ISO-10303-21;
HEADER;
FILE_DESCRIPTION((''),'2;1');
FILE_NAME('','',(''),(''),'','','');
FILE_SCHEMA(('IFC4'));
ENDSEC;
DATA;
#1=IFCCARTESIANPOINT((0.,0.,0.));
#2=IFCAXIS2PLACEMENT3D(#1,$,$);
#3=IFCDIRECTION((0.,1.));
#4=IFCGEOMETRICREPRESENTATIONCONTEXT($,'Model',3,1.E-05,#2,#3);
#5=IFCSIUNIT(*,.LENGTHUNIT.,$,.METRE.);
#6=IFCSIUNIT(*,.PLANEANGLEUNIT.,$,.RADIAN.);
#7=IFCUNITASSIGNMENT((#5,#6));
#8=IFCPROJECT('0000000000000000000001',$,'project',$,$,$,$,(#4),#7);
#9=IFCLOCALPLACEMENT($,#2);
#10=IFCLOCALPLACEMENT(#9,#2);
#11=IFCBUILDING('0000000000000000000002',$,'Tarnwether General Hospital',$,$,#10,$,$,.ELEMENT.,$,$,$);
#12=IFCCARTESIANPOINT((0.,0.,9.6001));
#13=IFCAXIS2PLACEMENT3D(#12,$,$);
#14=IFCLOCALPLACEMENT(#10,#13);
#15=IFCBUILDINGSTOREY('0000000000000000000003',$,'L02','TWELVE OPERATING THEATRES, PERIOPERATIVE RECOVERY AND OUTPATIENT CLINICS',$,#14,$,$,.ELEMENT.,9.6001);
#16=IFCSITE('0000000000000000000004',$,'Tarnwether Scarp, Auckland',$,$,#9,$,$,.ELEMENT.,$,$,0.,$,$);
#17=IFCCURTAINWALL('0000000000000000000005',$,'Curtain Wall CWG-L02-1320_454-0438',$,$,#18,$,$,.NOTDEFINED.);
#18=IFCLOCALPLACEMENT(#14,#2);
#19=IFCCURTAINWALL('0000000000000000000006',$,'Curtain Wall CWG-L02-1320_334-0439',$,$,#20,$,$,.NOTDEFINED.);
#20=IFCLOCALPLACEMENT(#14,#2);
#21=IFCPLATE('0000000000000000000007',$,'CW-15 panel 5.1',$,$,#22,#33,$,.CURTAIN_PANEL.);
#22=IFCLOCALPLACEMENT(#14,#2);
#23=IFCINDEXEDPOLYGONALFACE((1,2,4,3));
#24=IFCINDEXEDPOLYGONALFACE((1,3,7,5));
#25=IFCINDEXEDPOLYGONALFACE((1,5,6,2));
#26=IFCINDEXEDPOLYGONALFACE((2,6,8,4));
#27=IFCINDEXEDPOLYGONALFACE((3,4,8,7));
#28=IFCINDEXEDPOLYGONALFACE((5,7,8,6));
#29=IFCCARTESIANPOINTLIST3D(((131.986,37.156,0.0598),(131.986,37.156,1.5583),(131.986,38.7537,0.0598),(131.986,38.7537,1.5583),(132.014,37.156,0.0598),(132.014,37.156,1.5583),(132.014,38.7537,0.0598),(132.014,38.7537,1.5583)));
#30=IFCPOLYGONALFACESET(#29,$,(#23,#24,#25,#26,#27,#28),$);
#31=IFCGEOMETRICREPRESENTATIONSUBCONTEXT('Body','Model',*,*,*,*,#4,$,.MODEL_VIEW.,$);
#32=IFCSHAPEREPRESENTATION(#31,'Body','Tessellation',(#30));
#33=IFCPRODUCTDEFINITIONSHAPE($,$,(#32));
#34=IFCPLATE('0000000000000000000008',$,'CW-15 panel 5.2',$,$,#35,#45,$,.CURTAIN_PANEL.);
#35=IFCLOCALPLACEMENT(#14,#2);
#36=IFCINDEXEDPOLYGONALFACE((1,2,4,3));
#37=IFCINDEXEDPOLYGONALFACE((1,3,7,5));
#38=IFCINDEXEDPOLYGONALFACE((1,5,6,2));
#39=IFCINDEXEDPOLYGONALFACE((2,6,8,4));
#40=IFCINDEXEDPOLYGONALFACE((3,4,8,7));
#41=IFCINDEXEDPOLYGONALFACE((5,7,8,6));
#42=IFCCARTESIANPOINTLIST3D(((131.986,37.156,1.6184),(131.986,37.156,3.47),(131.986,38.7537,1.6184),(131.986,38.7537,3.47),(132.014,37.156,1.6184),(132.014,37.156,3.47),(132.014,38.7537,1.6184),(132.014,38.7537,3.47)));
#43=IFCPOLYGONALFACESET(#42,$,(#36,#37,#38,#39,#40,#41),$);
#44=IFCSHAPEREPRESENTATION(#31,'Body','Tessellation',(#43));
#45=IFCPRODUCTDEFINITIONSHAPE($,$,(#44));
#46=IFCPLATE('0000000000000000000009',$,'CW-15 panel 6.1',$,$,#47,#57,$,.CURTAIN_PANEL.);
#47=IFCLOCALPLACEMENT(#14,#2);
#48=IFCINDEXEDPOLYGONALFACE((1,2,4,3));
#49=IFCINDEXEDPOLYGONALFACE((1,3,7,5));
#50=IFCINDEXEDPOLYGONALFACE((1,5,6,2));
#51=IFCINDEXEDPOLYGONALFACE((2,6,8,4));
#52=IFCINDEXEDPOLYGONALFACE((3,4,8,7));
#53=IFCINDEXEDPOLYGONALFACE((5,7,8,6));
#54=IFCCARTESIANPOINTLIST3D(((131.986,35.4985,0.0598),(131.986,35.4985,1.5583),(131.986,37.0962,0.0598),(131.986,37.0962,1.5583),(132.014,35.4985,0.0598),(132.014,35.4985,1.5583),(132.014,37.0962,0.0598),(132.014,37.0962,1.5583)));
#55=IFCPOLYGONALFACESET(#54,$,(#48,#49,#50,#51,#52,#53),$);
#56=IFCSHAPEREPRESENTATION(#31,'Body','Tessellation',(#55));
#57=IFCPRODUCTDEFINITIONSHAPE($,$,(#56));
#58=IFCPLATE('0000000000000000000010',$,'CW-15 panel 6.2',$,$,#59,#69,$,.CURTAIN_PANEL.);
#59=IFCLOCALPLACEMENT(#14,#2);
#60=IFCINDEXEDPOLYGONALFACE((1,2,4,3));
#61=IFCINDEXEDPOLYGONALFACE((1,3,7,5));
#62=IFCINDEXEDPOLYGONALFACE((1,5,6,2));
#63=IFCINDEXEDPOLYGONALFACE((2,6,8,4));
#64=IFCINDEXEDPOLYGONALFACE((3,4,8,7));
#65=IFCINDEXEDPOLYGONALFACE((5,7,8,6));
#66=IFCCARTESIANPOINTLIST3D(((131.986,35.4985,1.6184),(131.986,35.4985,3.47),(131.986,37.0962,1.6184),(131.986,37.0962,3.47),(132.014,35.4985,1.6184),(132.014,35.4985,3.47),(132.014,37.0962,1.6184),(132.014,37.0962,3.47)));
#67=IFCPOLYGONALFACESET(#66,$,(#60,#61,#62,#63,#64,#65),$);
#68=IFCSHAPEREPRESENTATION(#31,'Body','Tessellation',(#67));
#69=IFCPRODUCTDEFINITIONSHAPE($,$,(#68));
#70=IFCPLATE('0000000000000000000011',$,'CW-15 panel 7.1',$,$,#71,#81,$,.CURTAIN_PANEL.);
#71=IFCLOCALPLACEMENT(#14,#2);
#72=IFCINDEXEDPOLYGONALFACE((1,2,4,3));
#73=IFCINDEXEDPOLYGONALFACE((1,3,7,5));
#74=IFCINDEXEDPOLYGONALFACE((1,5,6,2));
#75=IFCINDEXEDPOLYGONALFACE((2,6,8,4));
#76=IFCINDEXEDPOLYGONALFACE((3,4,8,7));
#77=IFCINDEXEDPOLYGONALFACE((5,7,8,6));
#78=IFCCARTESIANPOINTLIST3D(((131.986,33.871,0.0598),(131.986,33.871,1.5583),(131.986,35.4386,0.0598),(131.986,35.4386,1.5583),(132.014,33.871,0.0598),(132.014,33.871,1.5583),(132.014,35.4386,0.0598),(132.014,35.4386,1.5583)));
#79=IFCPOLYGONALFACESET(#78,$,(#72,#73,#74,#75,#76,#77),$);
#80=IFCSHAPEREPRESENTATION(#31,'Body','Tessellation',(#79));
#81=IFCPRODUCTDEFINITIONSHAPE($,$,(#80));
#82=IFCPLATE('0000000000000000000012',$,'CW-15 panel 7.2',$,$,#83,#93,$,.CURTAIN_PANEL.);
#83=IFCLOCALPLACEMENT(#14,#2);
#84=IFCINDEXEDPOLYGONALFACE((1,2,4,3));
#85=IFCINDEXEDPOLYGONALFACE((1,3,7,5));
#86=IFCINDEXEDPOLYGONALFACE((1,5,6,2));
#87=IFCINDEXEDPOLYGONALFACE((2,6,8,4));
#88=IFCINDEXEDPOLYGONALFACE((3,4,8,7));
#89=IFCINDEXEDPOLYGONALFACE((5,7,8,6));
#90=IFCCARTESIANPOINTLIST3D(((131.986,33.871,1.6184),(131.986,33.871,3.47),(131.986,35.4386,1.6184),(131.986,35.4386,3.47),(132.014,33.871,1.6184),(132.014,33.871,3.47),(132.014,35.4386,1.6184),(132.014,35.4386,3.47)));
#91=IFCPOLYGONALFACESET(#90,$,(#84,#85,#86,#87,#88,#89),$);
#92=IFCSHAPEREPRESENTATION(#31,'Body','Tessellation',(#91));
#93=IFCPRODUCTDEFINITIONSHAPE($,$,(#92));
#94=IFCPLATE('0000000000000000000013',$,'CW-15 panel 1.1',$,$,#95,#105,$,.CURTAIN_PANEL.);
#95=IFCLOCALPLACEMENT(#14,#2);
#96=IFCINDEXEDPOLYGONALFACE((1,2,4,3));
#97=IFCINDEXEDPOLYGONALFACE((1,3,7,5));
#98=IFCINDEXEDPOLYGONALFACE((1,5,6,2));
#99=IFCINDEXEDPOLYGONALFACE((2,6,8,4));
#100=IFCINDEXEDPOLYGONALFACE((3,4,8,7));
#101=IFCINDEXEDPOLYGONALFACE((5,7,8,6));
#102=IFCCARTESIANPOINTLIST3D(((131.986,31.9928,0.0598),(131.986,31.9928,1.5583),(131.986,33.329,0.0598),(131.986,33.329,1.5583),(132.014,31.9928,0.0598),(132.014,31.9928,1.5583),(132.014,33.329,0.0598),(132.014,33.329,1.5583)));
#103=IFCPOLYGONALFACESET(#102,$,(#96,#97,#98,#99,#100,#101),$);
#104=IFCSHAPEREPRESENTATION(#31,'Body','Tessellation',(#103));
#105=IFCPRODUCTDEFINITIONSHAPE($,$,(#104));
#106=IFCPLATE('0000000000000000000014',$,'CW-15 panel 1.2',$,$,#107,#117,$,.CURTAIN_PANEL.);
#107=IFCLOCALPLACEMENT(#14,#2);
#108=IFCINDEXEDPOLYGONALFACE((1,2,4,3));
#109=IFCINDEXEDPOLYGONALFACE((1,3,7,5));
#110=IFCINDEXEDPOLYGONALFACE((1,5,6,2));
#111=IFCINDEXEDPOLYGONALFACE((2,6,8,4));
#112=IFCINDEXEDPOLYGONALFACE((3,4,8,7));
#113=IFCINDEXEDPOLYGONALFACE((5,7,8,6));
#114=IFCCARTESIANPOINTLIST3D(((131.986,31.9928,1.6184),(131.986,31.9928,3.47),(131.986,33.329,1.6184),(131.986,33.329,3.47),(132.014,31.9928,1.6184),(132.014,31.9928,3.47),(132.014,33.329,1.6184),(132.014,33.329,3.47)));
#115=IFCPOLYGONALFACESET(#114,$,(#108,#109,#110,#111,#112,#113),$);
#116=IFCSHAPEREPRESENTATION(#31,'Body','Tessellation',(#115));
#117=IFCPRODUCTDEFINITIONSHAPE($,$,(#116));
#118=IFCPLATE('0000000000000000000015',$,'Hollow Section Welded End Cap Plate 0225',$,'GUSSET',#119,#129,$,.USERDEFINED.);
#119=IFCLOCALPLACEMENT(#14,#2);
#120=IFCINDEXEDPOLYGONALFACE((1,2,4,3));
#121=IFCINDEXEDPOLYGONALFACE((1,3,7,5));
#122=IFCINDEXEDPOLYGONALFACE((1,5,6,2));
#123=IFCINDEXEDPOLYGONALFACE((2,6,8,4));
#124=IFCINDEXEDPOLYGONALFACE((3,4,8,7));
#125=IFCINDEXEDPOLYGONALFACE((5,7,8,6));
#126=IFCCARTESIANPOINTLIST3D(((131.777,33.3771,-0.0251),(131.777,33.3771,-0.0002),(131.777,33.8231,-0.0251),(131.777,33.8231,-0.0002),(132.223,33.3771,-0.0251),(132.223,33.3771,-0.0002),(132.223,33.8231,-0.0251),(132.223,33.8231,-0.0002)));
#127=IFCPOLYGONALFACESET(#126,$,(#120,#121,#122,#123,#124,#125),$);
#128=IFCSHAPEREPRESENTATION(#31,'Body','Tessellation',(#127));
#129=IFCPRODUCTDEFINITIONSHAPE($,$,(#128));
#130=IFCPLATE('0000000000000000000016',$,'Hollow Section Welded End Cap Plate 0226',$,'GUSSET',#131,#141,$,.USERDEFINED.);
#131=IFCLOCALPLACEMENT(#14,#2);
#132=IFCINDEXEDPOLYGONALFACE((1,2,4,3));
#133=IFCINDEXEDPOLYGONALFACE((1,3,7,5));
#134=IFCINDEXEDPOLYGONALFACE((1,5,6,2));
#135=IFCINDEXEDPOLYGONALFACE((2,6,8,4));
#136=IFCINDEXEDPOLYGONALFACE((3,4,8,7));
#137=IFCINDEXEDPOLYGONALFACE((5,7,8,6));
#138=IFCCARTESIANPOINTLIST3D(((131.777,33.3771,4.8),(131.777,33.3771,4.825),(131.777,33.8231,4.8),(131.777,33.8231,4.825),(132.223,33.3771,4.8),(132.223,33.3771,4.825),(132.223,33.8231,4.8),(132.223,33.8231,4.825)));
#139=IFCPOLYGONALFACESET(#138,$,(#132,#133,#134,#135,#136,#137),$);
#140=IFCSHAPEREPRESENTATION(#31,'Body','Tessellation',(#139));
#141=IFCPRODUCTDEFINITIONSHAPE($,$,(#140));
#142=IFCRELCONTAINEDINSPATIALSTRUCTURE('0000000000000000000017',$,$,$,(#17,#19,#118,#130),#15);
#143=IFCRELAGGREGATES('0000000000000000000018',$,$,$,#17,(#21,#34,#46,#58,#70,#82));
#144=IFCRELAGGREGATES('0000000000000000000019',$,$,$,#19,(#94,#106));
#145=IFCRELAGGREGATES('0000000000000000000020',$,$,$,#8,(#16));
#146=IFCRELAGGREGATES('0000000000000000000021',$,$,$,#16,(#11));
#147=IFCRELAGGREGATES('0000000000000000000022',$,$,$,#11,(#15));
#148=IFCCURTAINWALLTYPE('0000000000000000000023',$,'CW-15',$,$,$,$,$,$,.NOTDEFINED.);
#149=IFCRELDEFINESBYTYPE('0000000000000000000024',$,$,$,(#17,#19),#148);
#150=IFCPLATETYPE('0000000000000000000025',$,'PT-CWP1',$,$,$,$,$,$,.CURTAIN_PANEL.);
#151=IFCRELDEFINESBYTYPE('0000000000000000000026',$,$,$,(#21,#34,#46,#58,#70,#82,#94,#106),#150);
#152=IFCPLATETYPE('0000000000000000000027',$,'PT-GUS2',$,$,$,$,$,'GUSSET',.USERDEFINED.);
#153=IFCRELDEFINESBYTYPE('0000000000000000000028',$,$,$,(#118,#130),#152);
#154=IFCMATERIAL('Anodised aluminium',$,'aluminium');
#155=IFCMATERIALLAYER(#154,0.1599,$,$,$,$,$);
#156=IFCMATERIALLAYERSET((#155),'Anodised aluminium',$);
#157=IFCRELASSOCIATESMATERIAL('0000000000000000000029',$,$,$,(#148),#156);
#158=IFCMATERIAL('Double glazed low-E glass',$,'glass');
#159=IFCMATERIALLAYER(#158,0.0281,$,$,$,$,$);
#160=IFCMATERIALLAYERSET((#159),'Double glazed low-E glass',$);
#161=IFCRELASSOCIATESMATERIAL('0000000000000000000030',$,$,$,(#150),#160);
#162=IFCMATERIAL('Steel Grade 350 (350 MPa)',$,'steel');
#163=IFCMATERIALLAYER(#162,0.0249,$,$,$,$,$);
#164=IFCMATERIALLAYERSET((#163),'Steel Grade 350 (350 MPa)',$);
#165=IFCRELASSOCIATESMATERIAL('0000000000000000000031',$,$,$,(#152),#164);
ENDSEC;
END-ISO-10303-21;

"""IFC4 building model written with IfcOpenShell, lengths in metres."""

from ifc_helpers import new_model, si_unit, direction, frame, origin, origin_2d, place, context, subcontext, project, spatial, rectangle, extrude, material, layer, layer_set, type_object, element, aggregate, save


model = new_model("IFC4")

# Units and contexts
model_context = context("Model", 3, precision=1e-05, world=origin(), true_north=direction((0.0, 1.0)))
body_context = subcontext(model_context, "Body", "Model", "MODEL_VIEW")
ifc_project = project(units=[si_unit("LENGTHUNIT", "METRE"), si_unit("PLANEANGLEUNIT", "RADIAN")], contexts=[model_context])

# Site, building, storey
site_placement = place(None, origin())
site = spatial("IfcSite", under=ifc_project, at=site_placement, Name="Tarnwether Scarp, Auckland", CompositionType="ELEMENT", RefElevation=0.0)
building_placement = place(site_placement, origin())
building = spatial("IfcBuilding", under=site, at=building_placement, Name="Tarnwether General Hospital", CompositionType="ELEMENT")
storey_placement = place(building_placement, frame((0.0, 0.0, 9.6001)))
storey = spatial("IfcBuildingStorey", under=building, at=storey_placement, Name="L02", Description="TWELVE OPERATING THEATRES, PERIOPERATIVE RECOVERY AND OUTPATIENT CLINICS", CompositionType="ELEMENT", Elevation=9.6001)

# Curtain wall
ifc_material_1 = material(Name="Anodised aluminium", Category="aluminium")
ifc_layer_1 = layer(ifc_material_1, 0.1599)
ifc_layer_set_1 = layer_set([ifc_layer_1], Name="Anodised aluminium")
curtain_wall_type = type_object("IfcCurtainWallType", Name="CW-15", PredefinedType="NOTDEFINED", material=ifc_layer_set_1)
curtain_wall_1_placement = place(storey_placement, origin())
curtain_wall_1 = element("IfcCurtainWall", 1, at=curtain_wall_1_placement, inside=storey, type_object=curtain_wall_type, Name="Curtain Wall CWG-L02-1320_454-0438", PredefinedType="NOTDEFINED")

# Curtain wall
curtain_wall_2_placement = place(storey_placement, origin())
curtain_wall_2 = element("IfcCurtainWall", 2, at=curtain_wall_2_placement, inside=storey, type_object=curtain_wall_type, Name="Curtain Wall CWG-L02-1320_334-0439", PredefinedType="NOTDEFINED")

# Plates
ifc_material_2 = material(Name="Double glazed low-E glass", Category="glass")
ifc_layer_2 = layer(ifc_material_2, 0.0281)
ifc_layer_set_2 = layer_set([ifc_layer_2], Name="Double glazed low-E glass")
plate_type_1 = type_object("IfcPlateType", Name="PT-CWP1", PredefinedType="CURTAIN_PANEL", material=ifc_layer_set_2)
plate_1_placement = place(storey_placement, frame((132.0, 37.9548, 0.0598), z_axis=(0.0, 0.0, 1.0), x_axis=(0.0, -1.0, 0.0)))
plate_1 = element("IfcPlate", 3, at=plate_1_placement, type_object=plate_type_1, Name="CW-15 panel 5.1", PredefinedType="CURTAIN_PANEL", context=body_context, shape_type="SweptSolid", body=[
    extrude(rectangle(XDim=1.5977, YDim=0.0281, at=origin_2d()), origin(), (0.0, 0.0, 1.0), 1.4985),
])
plate_2_placement = place(storey_placement, frame((132.0, 37.9548, 1.6184), z_axis=(0.0, 0.0, 1.0), x_axis=(0.0, -1.0, 0.0)))
plate_2 = element("IfcPlate", 4, at=plate_2_placement, type_object=plate_type_1, Name="CW-15 panel 5.2", PredefinedType="CURTAIN_PANEL", context=body_context, shape_type="SweptSolid", body=[
    extrude(rectangle(XDim=1.5977, YDim=0.0281, at=origin_2d()), origin(), (0.0, 0.0, 1.0), 1.8516),
])
plate_3_placement = place(storey_placement, frame((132.0, 36.2974, 0.0598), z_axis=(0.0, 0.0, 1.0), x_axis=(0.0, -1.0, 0.0)))
plate_3 = element("IfcPlate", 5, at=plate_3_placement, type_object=plate_type_1, Name="CW-15 panel 6.1", PredefinedType="CURTAIN_PANEL", context=body_context, shape_type="SweptSolid", body=[
    extrude(rectangle(XDim=1.5977, YDim=0.0281, at=origin_2d()), origin(), (0.0, 0.0, 1.0), 1.4985),
])
plate_4_placement = place(storey_placement, frame((132.0, 36.2974, 1.6184), z_axis=(0.0, 0.0, 1.0), x_axis=(0.0, -1.0, 0.0)))
plate_4 = element("IfcPlate", 6, at=plate_4_placement, type_object=plate_type_1, Name="CW-15 panel 6.2", PredefinedType="CURTAIN_PANEL", context=body_context, shape_type="SweptSolid", body=[
    extrude(rectangle(XDim=1.5977, YDim=0.0281, at=origin_2d()), origin(), (0.0, 0.0, 1.0), 1.8516),
])
plate_5_placement = place(storey_placement, frame((132.0, 34.6548, 0.0598), z_axis=(0.0, 0.0, 1.0), x_axis=(0.0, -1.0, 0.0)))
plate_5 = element("IfcPlate", 7, at=plate_5_placement, type_object=plate_type_1, Name="CW-15 panel 7.1", PredefinedType="CURTAIN_PANEL", context=body_context, shape_type="SweptSolid", body=[
    extrude(rectangle(XDim=1.5676, YDim=0.0281, at=origin_2d()), origin(), (0.0, 0.0, 1.0), 1.4985),
])
plate_6_placement = place(storey_placement, frame((132.0, 34.6548, 1.6184), z_axis=(0.0, 0.0, 1.0), x_axis=(0.0, -1.0, 0.0)))
plate_6 = element("IfcPlate", 8, at=plate_6_placement, type_object=plate_type_1, Name="CW-15 panel 7.2", PredefinedType="CURTAIN_PANEL", context=body_context, shape_type="SweptSolid", body=[
    extrude(rectangle(XDim=1.5676, YDim=0.0281, at=origin_2d()), origin(), (0.0, 0.0, 1.0), 1.8516),
])
aggregate(curtain_wall_1, [plate_1, plate_2, plate_3, plate_4, plate_5, plate_6])
plate_7_placement = place(storey_placement, frame((132.0, 32.6609, 0.0598), z_axis=(0.0, 0.0, 1.0), x_axis=(0.0, -1.0, 0.0)))
plate_7 = element("IfcPlate", 9, at=plate_7_placement, type_object=plate_type_1, Name="CW-15 panel 1.1", PredefinedType="CURTAIN_PANEL", context=body_context, shape_type="SweptSolid", body=[
    extrude(rectangle(XDim=1.3362, YDim=0.0281, at=origin_2d()), origin(), (0.0, 0.0, 1.0), 1.4985),
])
plate_8_placement = place(storey_placement, frame((132.0, 32.6609, 1.6184), z_axis=(0.0, 0.0, 1.0), x_axis=(0.0, -1.0, 0.0)))
plate_8 = element("IfcPlate", 10, at=plate_8_placement, type_object=plate_type_1, Name="CW-15 panel 1.2", PredefinedType="CURTAIN_PANEL", context=body_context, shape_type="SweptSolid", body=[
    extrude(rectangle(XDim=1.3362, YDim=0.0281, at=origin_2d()), origin(), (0.0, 0.0, 1.0), 1.8516),
])
aggregate(curtain_wall_2, [plate_7, plate_8])

# Plates
ifc_material_3 = material(Name="Steel Grade 350 (350 MPa)", Category="steel")
ifc_layer_3 = layer(ifc_material_3, 0.0249)
ifc_layer_set_3 = layer_set([ifc_layer_3], Name="Steel Grade 350 (350 MPa)")
plate_type_2 = type_object("IfcPlateType", Name="PT-GUS2", ElementType="GUSSET", PredefinedType="USERDEFINED", material=ifc_layer_set_3)
for number, where, z_axis, x_axis, name in (
    (11, (132.0, 33.6001, -0.0251), (0.0, 0.0, 1.0), (1.0, 0.0, 0.0), "Hollow Section Welded End Cap Plate 0225"),
    (12, (132.0, 33.6001, 4.8), (0.0, 0.0, 1.0), (1.0, 0.0, 0.0), "Hollow Section Welded End Cap Plate 0226"),
):
    element("IfcPlate", number, at=place(storey_placement, frame(where, z_axis=z_axis, x_axis=x_axis)), inside=storey, type_object=plate_type_2, Name=name, ObjectType="GUSSET", PredefinedType="USERDEFINED", context=body_context, shape_type="SweptSolid", body=[
        extrude(rectangle(XDim=0.446, YDim=0.446, at=origin_2d()), origin(), (0.0, 0.0, 1.0), 0.0249),
    ])

save(model, "model.ifc")
